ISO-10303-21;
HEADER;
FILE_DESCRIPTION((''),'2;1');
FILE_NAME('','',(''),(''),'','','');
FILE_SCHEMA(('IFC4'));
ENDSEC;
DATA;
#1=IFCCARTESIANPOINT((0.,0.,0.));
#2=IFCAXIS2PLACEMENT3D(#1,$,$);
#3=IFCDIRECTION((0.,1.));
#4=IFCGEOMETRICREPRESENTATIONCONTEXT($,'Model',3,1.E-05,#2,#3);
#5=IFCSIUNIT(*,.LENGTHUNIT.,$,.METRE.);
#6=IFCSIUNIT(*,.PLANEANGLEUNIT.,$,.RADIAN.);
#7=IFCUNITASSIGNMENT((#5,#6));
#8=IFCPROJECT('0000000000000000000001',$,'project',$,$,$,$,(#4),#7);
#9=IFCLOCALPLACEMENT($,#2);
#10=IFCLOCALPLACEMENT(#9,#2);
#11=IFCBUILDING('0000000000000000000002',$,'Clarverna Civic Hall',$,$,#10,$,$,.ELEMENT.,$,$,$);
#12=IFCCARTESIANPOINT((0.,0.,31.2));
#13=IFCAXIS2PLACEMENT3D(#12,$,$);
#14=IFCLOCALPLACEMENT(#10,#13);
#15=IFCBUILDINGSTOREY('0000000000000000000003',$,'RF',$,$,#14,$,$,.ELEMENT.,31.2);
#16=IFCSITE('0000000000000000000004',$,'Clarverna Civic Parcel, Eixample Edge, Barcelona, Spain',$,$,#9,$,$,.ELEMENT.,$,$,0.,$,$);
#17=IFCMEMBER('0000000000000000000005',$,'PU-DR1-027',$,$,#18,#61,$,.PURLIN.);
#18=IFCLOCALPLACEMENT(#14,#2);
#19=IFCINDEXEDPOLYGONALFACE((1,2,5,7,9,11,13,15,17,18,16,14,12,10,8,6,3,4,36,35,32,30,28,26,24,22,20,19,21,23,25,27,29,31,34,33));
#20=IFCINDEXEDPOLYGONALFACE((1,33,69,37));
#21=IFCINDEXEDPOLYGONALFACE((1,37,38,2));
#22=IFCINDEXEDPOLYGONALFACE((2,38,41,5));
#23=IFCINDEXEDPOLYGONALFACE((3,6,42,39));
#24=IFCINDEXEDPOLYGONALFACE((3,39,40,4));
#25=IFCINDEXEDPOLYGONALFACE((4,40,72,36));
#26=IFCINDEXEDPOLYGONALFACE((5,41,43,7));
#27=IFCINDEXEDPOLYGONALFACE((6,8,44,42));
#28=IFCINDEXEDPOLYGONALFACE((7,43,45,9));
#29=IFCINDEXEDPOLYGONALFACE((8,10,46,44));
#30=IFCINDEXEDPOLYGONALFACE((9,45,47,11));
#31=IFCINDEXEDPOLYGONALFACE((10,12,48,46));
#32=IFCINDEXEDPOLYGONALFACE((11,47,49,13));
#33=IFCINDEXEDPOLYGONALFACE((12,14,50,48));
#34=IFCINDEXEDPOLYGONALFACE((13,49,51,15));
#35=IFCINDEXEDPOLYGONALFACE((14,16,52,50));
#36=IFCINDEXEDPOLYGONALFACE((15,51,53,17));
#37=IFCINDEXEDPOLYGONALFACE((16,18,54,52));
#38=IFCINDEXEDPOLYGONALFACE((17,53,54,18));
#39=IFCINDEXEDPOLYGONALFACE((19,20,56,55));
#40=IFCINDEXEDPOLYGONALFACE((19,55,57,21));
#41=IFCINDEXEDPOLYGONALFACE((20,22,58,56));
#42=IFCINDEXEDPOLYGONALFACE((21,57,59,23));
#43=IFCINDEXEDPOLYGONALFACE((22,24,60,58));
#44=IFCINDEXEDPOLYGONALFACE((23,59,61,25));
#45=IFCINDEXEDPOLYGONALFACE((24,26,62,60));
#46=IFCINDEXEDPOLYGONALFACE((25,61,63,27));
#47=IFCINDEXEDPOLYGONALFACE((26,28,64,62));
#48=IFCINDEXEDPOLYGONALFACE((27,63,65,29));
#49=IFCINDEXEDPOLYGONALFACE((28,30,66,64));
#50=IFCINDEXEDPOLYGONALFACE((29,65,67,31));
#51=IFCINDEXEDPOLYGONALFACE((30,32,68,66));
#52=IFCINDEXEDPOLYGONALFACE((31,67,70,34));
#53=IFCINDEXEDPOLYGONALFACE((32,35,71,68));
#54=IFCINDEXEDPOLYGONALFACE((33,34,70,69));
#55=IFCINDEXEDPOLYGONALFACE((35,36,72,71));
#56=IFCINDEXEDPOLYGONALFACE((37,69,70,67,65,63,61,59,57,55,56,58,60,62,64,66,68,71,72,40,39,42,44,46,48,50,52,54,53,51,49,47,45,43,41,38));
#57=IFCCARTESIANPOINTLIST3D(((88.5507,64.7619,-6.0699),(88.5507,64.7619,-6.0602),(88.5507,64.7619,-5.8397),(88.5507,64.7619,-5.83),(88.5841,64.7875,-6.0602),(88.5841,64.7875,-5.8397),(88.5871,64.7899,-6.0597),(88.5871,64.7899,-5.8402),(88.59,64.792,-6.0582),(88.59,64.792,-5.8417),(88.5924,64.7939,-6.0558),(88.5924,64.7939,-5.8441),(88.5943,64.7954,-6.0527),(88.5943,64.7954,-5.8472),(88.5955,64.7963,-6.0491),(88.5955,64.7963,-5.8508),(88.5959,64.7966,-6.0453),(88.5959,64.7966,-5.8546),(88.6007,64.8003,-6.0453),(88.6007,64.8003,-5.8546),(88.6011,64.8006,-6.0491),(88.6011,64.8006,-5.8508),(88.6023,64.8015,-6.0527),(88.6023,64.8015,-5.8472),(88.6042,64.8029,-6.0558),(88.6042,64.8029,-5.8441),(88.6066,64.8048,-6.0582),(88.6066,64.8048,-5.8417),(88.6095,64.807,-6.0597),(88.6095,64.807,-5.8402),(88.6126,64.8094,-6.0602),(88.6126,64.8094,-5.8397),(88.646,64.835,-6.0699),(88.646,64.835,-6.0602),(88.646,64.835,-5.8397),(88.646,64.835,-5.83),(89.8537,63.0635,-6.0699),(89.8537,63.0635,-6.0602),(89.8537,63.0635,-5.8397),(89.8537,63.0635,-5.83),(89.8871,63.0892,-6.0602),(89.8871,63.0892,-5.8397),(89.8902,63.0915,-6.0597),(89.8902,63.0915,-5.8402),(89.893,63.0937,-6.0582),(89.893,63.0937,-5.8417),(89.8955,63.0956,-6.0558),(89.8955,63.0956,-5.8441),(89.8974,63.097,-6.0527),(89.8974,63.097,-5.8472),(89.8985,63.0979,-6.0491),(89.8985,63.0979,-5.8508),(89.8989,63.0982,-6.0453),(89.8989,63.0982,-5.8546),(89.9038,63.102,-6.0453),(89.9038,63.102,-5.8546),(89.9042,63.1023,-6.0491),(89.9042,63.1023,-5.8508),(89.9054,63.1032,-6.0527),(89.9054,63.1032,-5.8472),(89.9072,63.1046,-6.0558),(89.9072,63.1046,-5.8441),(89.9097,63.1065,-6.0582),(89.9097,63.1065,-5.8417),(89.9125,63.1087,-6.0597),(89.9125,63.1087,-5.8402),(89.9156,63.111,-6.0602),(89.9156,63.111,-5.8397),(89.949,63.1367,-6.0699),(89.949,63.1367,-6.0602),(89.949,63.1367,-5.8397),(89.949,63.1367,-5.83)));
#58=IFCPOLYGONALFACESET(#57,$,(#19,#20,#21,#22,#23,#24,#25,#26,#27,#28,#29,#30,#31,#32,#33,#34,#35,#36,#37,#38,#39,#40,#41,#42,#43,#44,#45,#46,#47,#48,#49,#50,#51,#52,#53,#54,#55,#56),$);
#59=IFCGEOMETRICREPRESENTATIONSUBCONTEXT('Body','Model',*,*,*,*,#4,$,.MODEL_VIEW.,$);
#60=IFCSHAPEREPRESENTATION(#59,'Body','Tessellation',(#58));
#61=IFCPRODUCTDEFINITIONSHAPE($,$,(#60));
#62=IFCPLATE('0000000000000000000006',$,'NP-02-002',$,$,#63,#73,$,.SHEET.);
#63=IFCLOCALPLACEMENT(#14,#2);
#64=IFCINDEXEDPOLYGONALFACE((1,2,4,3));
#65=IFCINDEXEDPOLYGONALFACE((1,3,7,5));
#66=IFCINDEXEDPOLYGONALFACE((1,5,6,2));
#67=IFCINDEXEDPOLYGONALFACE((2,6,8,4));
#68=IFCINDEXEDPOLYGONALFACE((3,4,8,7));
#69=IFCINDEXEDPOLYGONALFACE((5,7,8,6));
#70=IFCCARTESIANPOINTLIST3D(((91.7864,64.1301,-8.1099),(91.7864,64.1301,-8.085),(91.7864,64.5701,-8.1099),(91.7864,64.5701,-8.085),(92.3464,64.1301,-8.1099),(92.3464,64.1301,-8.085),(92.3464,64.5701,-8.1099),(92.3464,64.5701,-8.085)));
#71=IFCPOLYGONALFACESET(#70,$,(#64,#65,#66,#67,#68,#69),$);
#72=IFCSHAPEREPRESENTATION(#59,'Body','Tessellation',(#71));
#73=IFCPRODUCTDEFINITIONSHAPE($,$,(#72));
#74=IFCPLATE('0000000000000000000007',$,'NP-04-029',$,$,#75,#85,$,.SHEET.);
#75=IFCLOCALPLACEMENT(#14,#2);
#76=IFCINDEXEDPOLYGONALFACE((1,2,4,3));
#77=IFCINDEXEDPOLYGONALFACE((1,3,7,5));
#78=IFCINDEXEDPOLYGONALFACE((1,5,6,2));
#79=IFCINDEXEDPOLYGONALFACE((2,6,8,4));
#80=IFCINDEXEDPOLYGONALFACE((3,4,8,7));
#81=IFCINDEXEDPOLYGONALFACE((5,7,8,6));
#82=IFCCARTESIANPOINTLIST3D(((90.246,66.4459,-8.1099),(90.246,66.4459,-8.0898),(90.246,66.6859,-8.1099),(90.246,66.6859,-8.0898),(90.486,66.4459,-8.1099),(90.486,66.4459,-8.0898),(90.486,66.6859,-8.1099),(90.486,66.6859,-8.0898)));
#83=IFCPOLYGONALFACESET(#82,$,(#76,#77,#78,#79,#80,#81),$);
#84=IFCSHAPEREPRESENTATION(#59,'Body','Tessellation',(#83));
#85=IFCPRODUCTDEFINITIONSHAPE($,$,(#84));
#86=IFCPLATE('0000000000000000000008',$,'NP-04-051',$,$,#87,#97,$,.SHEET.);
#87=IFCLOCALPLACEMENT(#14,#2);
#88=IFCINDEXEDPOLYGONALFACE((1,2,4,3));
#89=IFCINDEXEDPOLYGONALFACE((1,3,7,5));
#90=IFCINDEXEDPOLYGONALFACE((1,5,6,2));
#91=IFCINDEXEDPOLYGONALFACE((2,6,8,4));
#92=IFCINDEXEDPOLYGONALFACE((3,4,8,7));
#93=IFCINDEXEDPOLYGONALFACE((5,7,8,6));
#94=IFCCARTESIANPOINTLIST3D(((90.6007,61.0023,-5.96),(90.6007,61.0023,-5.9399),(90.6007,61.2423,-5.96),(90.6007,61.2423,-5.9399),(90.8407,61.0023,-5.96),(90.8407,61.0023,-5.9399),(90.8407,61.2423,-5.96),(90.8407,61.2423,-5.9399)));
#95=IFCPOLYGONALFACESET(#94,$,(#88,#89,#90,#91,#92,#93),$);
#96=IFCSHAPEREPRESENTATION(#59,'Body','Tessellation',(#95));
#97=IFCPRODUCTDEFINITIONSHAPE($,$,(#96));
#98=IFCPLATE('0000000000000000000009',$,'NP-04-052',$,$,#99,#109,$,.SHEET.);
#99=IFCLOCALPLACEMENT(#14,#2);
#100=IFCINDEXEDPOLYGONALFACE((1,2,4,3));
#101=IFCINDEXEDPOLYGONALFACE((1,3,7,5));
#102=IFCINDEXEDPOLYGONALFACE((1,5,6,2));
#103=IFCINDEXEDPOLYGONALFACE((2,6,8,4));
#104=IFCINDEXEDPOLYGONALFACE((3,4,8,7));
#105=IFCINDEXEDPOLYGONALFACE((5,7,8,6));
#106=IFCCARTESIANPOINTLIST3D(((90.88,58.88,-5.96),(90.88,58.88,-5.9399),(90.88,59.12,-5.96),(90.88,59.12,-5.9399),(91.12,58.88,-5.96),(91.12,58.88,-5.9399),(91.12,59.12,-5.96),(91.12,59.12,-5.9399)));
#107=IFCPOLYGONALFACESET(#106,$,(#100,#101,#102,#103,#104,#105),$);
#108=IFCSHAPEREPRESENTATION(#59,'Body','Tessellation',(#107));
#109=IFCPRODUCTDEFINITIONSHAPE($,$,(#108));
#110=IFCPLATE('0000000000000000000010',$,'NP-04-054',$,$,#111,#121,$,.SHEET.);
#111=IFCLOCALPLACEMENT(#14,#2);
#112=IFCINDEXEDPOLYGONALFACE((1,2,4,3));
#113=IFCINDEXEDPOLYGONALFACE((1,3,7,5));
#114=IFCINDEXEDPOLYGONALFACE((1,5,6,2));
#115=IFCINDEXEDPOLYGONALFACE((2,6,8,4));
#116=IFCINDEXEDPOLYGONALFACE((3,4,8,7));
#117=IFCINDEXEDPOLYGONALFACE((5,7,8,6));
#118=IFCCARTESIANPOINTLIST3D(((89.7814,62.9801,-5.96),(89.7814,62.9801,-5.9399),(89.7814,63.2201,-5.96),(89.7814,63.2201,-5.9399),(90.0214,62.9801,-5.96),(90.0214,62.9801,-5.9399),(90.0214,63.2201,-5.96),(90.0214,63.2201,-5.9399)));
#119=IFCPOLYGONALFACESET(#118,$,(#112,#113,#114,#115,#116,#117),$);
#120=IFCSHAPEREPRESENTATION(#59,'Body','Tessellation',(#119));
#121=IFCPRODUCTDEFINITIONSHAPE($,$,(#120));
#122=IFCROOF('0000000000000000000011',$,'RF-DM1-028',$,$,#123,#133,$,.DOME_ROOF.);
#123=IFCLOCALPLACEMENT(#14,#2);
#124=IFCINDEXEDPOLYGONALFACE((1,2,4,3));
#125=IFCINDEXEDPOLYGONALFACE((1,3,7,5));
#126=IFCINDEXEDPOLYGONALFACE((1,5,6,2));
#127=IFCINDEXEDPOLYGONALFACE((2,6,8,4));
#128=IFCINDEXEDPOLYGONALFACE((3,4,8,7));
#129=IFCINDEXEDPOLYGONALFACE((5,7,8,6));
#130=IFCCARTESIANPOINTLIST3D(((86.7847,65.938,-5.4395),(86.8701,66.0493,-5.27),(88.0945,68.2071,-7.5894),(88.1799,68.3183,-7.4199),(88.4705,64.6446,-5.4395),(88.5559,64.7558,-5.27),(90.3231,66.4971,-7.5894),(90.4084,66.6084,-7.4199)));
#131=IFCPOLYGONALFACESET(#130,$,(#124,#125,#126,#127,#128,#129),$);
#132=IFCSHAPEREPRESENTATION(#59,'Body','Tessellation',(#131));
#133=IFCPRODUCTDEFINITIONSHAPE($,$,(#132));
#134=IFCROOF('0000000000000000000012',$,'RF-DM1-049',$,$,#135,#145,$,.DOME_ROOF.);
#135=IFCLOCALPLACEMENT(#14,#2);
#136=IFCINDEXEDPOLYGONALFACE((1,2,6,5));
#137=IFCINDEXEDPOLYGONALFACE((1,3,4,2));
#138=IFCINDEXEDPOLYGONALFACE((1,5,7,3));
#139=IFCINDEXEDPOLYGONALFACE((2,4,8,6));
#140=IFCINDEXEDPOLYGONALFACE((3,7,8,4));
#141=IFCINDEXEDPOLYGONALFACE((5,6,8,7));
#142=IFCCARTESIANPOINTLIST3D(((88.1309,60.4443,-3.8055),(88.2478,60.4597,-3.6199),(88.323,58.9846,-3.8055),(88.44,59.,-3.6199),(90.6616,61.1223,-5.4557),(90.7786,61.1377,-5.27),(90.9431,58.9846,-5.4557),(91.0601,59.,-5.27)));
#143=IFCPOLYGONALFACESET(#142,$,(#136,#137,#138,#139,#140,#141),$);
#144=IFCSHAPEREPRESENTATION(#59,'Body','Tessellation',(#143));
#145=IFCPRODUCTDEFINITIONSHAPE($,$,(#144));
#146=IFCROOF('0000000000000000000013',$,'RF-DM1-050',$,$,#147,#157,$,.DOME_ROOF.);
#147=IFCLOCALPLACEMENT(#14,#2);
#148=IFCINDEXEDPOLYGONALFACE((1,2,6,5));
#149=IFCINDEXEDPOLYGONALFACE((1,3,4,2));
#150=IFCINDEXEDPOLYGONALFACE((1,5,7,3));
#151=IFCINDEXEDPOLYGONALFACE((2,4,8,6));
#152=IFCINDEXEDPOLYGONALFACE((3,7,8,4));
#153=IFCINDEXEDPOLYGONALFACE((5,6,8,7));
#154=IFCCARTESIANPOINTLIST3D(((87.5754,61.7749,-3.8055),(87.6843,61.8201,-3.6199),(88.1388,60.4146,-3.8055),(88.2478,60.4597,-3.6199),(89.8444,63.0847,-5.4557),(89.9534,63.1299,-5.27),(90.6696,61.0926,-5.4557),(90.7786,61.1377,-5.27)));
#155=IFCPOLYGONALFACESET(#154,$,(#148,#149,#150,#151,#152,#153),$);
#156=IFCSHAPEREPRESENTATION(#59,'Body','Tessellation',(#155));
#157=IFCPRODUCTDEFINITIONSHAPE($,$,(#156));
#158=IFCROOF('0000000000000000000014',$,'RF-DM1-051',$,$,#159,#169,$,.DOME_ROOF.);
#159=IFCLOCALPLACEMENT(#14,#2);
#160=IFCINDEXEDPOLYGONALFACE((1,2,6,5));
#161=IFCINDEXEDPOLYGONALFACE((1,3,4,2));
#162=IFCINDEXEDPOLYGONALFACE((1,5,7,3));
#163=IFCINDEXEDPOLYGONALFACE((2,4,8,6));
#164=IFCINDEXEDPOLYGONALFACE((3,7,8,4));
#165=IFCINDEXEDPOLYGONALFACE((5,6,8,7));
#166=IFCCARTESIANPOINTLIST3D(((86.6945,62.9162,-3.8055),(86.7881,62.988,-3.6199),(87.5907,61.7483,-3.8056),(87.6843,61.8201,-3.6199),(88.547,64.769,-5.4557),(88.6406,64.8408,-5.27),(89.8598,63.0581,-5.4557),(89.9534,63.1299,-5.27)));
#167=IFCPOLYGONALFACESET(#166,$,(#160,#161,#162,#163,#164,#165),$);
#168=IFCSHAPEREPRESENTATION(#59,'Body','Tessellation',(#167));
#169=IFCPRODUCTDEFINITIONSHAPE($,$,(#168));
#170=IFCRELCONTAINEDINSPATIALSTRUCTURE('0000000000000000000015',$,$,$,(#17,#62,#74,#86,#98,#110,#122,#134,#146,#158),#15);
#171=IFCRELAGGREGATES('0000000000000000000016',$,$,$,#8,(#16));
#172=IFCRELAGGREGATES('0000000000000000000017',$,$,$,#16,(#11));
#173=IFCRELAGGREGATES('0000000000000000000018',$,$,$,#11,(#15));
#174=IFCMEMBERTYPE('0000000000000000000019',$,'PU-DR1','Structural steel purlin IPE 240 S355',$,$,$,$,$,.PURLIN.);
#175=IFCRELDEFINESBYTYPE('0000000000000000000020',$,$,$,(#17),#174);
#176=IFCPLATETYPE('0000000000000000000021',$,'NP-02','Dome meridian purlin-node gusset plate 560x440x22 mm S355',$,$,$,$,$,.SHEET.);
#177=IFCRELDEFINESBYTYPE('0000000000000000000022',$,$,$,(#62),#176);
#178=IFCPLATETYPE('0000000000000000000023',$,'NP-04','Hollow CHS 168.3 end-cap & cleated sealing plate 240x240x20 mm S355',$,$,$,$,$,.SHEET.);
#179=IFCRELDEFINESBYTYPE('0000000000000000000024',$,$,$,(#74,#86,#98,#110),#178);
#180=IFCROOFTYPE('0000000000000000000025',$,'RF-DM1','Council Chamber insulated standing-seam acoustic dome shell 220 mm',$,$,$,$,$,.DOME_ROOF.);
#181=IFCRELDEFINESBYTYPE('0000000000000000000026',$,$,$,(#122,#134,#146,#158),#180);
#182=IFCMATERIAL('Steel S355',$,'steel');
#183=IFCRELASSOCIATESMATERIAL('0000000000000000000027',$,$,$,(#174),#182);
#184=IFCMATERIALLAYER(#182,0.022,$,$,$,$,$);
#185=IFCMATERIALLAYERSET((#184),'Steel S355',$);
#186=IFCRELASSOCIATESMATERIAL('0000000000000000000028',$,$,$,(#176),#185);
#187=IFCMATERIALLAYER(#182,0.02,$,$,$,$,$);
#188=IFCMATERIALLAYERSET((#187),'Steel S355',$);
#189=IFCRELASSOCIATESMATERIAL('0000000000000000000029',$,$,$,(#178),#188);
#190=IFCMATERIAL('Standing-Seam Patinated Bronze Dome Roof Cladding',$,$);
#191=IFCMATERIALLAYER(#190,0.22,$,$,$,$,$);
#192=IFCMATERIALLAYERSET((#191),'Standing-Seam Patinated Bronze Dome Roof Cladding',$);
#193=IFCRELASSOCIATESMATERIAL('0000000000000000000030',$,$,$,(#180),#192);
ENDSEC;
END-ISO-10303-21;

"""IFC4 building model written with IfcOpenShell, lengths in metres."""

from ifc_helpers import new_model, si_unit, direction, frame, origin, origin_2d, place, context, subcontext, project, spatial, polyline, rectangle, i_section, outline, extrude, material, layer, layer_set, material_profile, profile_set, type_object, element, save


model = new_model("IFC4")

# Units and contexts
model_context = context("Model", 3, precision=1e-05, world=origin(), true_north=direction((0.0, 1.0)))
body_context = subcontext(model_context, "Body", "Model", "MODEL_VIEW")
ifc_project = project(units=[si_unit("LENGTHUNIT", "METRE"), si_unit("PLANEANGLEUNIT", "RADIAN")], contexts=[model_context])

# Site, building, storey
site_placement = place(None, origin())
site = spatial("IfcSite", under=ifc_project, at=site_placement, Name="Clarverna Civic Parcel, Eixample Edge, Barcelona, Spain", CompositionType="ELEMENT", RefElevation=0.0)
building_placement = place(site_placement, origin())
building = spatial("IfcBuilding", under=site, at=building_placement, Name="Clarverna Civic Hall", CompositionType="ELEMENT")
storey_placement = place(building_placement, frame((0.0, 0.0, 31.2)))
storey = spatial("IfcBuildingStorey", under=building, at=storey_placement, Name="RF", CompositionType="ELEMENT", Elevation=31.2)

# Member
ifc_material_1 = material(Name="Steel S355", Category="steel")
ifc_material_profile_1 = material_profile(ifc_material_1, i_section(OverallWidth=0.1201, OverallDepth=0.24, WebThickness=0.0061, FlangeThickness=0.0098, FilletRadius=0.0149, at=origin_2d()), Name="IPE 240")
ifc_profile_set_1 = profile_set([ifc_material_profile_1], Name="Steel S355")
member_type_1 = type_object("IfcMemberType", Name="PU-DR1", Description="Structural steel purlin IPE 240 S355", PredefinedType="PURLIN", material=ifc_profile_set_1)
member_1_placement = place(storey_placement, frame((89.9014, 63.1001, -5.95), z_axis=(-0.608724, 0.793382, 0.0), x_axis=(-0.793382, -0.608724, 0.0)))
element("IfcMember", 1, at=member_1_placement, inside=storey, type_object=member_type_1, Name="PU-DR1-027", PredefinedType="PURLIN", context=body_context, shape_type="SweptSolid", body=[
    extrude(i_section(OverallWidth=0.1201, OverallDepth=0.24, WebThickness=0.0061, FlangeThickness=0.0098, FilletRadius=0.0149, at=origin_2d()), origin(), (0.0, 0.0, 1.0), 2.1406),
])

# Plates
ifc_layer_1 = layer(ifc_material_1, 0.022)
ifc_layer_set_1 = layer_set([ifc_layer_1], Name="Steel S355")
plate_type_1 = type_object("IfcPlateType", Name="NP-02", Description="Dome meridian purlin-node gusset plate 560x440x22 mm S355", PredefinedType="SHEET", material=ifc_layer_set_1)
plate_placement = place(storey_placement, frame((92.0664, 64.3501, -8.1099), z_axis=(0.0, 0.0, 1.0), x_axis=(1.0, 0.0, 0.0)))
element("IfcPlate", 2, at=plate_placement, inside=storey, type_object=plate_type_1, Name="NP-02-002", PredefinedType="SHEET", context=body_context, shape_type="SweptSolid", body=[
    extrude(rectangle(XDim=0.5601, YDim=0.4399, at=origin_2d()), origin(), (0.0, 0.0, 1.0), 0.0249),
])
ifc_layer_2 = layer(ifc_material_1, 0.02)
ifc_layer_set_2 = layer_set([ifc_layer_2], Name="Steel S355")
plate_type_2 = type_object("IfcPlateType", Name="NP-04", Description="Hollow CHS 168.3 end-cap & cleated sealing plate 240x240x20 mm S355", PredefinedType="SHEET", material=ifc_layer_set_2)
for number, where, z_axis, x_axis, name in (
    (3, (90.366, 66.5659, -8.1099), (0.0, 0.0, 1.0), (1.0, 0.0, 0.0), "NP-04-029"),
    (4, (90.7207, 61.1223, -5.96), (0.0, 0.0, 1.0), (1.0, 0.0, 0.0), "NP-04-051"),
    (5, (91.0, 59.0, -5.96), (0.0, 0.0, 1.0), (1.0, 0.0, 0.0), "NP-04-052"),
    (6, (89.9014, 63.1001, -5.96), (0.0, 0.0, 1.0), (1.0, 0.0, 0.0), "NP-04-054"),
):
    element("IfcPlate", number, at=place(storey_placement, frame(where, z_axis=z_axis, x_axis=x_axis)), inside=storey, type_object=plate_type_2, Name=name, PredefinedType="SHEET", context=body_context, shape_type="SweptSolid", body=[
        extrude(rectangle(XDim=0.24, YDim=0.24, at=origin_2d()), origin(), (0.0, 0.0, 1.0), 0.02),
    ])

# Roofs
ifc_material_2 = material(Name="Standing-Seam Patinated Bronze Dome Roof Cladding")
ifc_layer_3 = layer(ifc_material_2, 0.22)
ifc_layer_set_3 = layer_set([ifc_layer_3], Name="Standing-Seam Patinated Bronze Dome Roof Cladding")
roof_type = type_object("IfcRoofType", Name="RF-DM1", Description="Council Chamber insulated standing-seam acoustic dome shell 220 mm", PredefinedType="DOME_ROOF", material=ifc_layer_set_3)
roof_1_placement = place(storey_placement, frame((90.4084, 66.6084, -7.4199), z_axis=(0.388143, 0.50586, 0.770358), x_axis=(-0.793363, 0.608749, -0.000005)))
element("IfcRoof", 7, at=roof_1_placement, inside=storey, type_object=roof_type, Name="RF-DM1-028", PredefinedType="DOME_ROOF", context=body_context, shape_type="SweptSolid", body=[
    extrude(outline(polyline([(0.0, 0.0), (2.809, 0.0), (2.4668, 3.3718), (0.342, 3.3718), (0.0, 0.0)])), origin(), (0.0, 0.0, -1.0), 0.22),
])
roof_2_placement = place(storey_placement, frame((91.0601, 59.0, -5.27), z_axis=(0.531616, 0.069992, 0.844089), x_axis=(-0.130548, 0.991442, 0.00001)))
element("IfcRoof", 8, at=roof_2_placement, inside=storey, type_object=roof_type, Name="RF-DM1-049", PredefinedType="DOME_ROOF", context=body_context, shape_type="SweptSolid", body=[
    extrude(outline(polyline([(0.0, 0.0), (2.1561, 0.0), (1.8144, 3.0774), (0.3421, 3.0775), (0.0, 0.0)])), origin(), (0.0, 0.0, -1.0), 0.22),
])
roof_3_placement = place(storey_placement, frame((90.7786, 61.1377, -5.27), z_axis=(0.495399, 0.205201, 0.844081), x_axis=(-0.382685, 0.923879, 0.0)))
element("IfcRoof", 9, at=roof_3_placement, inside=storey, type_object=roof_type, Name="RF-DM1-050", PredefinedType="DOME_ROOF", context=body_context, shape_type="SweptSolid", body=[
    extrude(outline(polyline([(0.0, 0.0), (2.1563, 0.0), (1.8145, 3.0774), (0.3421, 3.0774), (0.0, 0.0)])), origin(), (0.0, 0.0, -1.0), 0.22),
])
roof_4_placement = place(storey_placement, frame((89.9534, 63.1299, -5.27), z_axis=(0.425414, 0.32642, 0.844081), x_axis=(-0.608736, 0.793373, -0.00001)))
element("IfcRoof", 10, at=roof_4_placement, inside=storey, type_object=roof_type, Name="RF-DM1-051", PredefinedType="DOME_ROOF", context=body_context, shape_type="SweptSolid", body=[
    extrude(outline(polyline([(0.0, 0.0), (2.1565, 0.0), (1.8143, 3.0774), (0.3421, 3.0774), (0.0, 0.0)])), origin(), (0.0, 0.0, -1.0), 0.22),
])

save(model, "model.ifc")
